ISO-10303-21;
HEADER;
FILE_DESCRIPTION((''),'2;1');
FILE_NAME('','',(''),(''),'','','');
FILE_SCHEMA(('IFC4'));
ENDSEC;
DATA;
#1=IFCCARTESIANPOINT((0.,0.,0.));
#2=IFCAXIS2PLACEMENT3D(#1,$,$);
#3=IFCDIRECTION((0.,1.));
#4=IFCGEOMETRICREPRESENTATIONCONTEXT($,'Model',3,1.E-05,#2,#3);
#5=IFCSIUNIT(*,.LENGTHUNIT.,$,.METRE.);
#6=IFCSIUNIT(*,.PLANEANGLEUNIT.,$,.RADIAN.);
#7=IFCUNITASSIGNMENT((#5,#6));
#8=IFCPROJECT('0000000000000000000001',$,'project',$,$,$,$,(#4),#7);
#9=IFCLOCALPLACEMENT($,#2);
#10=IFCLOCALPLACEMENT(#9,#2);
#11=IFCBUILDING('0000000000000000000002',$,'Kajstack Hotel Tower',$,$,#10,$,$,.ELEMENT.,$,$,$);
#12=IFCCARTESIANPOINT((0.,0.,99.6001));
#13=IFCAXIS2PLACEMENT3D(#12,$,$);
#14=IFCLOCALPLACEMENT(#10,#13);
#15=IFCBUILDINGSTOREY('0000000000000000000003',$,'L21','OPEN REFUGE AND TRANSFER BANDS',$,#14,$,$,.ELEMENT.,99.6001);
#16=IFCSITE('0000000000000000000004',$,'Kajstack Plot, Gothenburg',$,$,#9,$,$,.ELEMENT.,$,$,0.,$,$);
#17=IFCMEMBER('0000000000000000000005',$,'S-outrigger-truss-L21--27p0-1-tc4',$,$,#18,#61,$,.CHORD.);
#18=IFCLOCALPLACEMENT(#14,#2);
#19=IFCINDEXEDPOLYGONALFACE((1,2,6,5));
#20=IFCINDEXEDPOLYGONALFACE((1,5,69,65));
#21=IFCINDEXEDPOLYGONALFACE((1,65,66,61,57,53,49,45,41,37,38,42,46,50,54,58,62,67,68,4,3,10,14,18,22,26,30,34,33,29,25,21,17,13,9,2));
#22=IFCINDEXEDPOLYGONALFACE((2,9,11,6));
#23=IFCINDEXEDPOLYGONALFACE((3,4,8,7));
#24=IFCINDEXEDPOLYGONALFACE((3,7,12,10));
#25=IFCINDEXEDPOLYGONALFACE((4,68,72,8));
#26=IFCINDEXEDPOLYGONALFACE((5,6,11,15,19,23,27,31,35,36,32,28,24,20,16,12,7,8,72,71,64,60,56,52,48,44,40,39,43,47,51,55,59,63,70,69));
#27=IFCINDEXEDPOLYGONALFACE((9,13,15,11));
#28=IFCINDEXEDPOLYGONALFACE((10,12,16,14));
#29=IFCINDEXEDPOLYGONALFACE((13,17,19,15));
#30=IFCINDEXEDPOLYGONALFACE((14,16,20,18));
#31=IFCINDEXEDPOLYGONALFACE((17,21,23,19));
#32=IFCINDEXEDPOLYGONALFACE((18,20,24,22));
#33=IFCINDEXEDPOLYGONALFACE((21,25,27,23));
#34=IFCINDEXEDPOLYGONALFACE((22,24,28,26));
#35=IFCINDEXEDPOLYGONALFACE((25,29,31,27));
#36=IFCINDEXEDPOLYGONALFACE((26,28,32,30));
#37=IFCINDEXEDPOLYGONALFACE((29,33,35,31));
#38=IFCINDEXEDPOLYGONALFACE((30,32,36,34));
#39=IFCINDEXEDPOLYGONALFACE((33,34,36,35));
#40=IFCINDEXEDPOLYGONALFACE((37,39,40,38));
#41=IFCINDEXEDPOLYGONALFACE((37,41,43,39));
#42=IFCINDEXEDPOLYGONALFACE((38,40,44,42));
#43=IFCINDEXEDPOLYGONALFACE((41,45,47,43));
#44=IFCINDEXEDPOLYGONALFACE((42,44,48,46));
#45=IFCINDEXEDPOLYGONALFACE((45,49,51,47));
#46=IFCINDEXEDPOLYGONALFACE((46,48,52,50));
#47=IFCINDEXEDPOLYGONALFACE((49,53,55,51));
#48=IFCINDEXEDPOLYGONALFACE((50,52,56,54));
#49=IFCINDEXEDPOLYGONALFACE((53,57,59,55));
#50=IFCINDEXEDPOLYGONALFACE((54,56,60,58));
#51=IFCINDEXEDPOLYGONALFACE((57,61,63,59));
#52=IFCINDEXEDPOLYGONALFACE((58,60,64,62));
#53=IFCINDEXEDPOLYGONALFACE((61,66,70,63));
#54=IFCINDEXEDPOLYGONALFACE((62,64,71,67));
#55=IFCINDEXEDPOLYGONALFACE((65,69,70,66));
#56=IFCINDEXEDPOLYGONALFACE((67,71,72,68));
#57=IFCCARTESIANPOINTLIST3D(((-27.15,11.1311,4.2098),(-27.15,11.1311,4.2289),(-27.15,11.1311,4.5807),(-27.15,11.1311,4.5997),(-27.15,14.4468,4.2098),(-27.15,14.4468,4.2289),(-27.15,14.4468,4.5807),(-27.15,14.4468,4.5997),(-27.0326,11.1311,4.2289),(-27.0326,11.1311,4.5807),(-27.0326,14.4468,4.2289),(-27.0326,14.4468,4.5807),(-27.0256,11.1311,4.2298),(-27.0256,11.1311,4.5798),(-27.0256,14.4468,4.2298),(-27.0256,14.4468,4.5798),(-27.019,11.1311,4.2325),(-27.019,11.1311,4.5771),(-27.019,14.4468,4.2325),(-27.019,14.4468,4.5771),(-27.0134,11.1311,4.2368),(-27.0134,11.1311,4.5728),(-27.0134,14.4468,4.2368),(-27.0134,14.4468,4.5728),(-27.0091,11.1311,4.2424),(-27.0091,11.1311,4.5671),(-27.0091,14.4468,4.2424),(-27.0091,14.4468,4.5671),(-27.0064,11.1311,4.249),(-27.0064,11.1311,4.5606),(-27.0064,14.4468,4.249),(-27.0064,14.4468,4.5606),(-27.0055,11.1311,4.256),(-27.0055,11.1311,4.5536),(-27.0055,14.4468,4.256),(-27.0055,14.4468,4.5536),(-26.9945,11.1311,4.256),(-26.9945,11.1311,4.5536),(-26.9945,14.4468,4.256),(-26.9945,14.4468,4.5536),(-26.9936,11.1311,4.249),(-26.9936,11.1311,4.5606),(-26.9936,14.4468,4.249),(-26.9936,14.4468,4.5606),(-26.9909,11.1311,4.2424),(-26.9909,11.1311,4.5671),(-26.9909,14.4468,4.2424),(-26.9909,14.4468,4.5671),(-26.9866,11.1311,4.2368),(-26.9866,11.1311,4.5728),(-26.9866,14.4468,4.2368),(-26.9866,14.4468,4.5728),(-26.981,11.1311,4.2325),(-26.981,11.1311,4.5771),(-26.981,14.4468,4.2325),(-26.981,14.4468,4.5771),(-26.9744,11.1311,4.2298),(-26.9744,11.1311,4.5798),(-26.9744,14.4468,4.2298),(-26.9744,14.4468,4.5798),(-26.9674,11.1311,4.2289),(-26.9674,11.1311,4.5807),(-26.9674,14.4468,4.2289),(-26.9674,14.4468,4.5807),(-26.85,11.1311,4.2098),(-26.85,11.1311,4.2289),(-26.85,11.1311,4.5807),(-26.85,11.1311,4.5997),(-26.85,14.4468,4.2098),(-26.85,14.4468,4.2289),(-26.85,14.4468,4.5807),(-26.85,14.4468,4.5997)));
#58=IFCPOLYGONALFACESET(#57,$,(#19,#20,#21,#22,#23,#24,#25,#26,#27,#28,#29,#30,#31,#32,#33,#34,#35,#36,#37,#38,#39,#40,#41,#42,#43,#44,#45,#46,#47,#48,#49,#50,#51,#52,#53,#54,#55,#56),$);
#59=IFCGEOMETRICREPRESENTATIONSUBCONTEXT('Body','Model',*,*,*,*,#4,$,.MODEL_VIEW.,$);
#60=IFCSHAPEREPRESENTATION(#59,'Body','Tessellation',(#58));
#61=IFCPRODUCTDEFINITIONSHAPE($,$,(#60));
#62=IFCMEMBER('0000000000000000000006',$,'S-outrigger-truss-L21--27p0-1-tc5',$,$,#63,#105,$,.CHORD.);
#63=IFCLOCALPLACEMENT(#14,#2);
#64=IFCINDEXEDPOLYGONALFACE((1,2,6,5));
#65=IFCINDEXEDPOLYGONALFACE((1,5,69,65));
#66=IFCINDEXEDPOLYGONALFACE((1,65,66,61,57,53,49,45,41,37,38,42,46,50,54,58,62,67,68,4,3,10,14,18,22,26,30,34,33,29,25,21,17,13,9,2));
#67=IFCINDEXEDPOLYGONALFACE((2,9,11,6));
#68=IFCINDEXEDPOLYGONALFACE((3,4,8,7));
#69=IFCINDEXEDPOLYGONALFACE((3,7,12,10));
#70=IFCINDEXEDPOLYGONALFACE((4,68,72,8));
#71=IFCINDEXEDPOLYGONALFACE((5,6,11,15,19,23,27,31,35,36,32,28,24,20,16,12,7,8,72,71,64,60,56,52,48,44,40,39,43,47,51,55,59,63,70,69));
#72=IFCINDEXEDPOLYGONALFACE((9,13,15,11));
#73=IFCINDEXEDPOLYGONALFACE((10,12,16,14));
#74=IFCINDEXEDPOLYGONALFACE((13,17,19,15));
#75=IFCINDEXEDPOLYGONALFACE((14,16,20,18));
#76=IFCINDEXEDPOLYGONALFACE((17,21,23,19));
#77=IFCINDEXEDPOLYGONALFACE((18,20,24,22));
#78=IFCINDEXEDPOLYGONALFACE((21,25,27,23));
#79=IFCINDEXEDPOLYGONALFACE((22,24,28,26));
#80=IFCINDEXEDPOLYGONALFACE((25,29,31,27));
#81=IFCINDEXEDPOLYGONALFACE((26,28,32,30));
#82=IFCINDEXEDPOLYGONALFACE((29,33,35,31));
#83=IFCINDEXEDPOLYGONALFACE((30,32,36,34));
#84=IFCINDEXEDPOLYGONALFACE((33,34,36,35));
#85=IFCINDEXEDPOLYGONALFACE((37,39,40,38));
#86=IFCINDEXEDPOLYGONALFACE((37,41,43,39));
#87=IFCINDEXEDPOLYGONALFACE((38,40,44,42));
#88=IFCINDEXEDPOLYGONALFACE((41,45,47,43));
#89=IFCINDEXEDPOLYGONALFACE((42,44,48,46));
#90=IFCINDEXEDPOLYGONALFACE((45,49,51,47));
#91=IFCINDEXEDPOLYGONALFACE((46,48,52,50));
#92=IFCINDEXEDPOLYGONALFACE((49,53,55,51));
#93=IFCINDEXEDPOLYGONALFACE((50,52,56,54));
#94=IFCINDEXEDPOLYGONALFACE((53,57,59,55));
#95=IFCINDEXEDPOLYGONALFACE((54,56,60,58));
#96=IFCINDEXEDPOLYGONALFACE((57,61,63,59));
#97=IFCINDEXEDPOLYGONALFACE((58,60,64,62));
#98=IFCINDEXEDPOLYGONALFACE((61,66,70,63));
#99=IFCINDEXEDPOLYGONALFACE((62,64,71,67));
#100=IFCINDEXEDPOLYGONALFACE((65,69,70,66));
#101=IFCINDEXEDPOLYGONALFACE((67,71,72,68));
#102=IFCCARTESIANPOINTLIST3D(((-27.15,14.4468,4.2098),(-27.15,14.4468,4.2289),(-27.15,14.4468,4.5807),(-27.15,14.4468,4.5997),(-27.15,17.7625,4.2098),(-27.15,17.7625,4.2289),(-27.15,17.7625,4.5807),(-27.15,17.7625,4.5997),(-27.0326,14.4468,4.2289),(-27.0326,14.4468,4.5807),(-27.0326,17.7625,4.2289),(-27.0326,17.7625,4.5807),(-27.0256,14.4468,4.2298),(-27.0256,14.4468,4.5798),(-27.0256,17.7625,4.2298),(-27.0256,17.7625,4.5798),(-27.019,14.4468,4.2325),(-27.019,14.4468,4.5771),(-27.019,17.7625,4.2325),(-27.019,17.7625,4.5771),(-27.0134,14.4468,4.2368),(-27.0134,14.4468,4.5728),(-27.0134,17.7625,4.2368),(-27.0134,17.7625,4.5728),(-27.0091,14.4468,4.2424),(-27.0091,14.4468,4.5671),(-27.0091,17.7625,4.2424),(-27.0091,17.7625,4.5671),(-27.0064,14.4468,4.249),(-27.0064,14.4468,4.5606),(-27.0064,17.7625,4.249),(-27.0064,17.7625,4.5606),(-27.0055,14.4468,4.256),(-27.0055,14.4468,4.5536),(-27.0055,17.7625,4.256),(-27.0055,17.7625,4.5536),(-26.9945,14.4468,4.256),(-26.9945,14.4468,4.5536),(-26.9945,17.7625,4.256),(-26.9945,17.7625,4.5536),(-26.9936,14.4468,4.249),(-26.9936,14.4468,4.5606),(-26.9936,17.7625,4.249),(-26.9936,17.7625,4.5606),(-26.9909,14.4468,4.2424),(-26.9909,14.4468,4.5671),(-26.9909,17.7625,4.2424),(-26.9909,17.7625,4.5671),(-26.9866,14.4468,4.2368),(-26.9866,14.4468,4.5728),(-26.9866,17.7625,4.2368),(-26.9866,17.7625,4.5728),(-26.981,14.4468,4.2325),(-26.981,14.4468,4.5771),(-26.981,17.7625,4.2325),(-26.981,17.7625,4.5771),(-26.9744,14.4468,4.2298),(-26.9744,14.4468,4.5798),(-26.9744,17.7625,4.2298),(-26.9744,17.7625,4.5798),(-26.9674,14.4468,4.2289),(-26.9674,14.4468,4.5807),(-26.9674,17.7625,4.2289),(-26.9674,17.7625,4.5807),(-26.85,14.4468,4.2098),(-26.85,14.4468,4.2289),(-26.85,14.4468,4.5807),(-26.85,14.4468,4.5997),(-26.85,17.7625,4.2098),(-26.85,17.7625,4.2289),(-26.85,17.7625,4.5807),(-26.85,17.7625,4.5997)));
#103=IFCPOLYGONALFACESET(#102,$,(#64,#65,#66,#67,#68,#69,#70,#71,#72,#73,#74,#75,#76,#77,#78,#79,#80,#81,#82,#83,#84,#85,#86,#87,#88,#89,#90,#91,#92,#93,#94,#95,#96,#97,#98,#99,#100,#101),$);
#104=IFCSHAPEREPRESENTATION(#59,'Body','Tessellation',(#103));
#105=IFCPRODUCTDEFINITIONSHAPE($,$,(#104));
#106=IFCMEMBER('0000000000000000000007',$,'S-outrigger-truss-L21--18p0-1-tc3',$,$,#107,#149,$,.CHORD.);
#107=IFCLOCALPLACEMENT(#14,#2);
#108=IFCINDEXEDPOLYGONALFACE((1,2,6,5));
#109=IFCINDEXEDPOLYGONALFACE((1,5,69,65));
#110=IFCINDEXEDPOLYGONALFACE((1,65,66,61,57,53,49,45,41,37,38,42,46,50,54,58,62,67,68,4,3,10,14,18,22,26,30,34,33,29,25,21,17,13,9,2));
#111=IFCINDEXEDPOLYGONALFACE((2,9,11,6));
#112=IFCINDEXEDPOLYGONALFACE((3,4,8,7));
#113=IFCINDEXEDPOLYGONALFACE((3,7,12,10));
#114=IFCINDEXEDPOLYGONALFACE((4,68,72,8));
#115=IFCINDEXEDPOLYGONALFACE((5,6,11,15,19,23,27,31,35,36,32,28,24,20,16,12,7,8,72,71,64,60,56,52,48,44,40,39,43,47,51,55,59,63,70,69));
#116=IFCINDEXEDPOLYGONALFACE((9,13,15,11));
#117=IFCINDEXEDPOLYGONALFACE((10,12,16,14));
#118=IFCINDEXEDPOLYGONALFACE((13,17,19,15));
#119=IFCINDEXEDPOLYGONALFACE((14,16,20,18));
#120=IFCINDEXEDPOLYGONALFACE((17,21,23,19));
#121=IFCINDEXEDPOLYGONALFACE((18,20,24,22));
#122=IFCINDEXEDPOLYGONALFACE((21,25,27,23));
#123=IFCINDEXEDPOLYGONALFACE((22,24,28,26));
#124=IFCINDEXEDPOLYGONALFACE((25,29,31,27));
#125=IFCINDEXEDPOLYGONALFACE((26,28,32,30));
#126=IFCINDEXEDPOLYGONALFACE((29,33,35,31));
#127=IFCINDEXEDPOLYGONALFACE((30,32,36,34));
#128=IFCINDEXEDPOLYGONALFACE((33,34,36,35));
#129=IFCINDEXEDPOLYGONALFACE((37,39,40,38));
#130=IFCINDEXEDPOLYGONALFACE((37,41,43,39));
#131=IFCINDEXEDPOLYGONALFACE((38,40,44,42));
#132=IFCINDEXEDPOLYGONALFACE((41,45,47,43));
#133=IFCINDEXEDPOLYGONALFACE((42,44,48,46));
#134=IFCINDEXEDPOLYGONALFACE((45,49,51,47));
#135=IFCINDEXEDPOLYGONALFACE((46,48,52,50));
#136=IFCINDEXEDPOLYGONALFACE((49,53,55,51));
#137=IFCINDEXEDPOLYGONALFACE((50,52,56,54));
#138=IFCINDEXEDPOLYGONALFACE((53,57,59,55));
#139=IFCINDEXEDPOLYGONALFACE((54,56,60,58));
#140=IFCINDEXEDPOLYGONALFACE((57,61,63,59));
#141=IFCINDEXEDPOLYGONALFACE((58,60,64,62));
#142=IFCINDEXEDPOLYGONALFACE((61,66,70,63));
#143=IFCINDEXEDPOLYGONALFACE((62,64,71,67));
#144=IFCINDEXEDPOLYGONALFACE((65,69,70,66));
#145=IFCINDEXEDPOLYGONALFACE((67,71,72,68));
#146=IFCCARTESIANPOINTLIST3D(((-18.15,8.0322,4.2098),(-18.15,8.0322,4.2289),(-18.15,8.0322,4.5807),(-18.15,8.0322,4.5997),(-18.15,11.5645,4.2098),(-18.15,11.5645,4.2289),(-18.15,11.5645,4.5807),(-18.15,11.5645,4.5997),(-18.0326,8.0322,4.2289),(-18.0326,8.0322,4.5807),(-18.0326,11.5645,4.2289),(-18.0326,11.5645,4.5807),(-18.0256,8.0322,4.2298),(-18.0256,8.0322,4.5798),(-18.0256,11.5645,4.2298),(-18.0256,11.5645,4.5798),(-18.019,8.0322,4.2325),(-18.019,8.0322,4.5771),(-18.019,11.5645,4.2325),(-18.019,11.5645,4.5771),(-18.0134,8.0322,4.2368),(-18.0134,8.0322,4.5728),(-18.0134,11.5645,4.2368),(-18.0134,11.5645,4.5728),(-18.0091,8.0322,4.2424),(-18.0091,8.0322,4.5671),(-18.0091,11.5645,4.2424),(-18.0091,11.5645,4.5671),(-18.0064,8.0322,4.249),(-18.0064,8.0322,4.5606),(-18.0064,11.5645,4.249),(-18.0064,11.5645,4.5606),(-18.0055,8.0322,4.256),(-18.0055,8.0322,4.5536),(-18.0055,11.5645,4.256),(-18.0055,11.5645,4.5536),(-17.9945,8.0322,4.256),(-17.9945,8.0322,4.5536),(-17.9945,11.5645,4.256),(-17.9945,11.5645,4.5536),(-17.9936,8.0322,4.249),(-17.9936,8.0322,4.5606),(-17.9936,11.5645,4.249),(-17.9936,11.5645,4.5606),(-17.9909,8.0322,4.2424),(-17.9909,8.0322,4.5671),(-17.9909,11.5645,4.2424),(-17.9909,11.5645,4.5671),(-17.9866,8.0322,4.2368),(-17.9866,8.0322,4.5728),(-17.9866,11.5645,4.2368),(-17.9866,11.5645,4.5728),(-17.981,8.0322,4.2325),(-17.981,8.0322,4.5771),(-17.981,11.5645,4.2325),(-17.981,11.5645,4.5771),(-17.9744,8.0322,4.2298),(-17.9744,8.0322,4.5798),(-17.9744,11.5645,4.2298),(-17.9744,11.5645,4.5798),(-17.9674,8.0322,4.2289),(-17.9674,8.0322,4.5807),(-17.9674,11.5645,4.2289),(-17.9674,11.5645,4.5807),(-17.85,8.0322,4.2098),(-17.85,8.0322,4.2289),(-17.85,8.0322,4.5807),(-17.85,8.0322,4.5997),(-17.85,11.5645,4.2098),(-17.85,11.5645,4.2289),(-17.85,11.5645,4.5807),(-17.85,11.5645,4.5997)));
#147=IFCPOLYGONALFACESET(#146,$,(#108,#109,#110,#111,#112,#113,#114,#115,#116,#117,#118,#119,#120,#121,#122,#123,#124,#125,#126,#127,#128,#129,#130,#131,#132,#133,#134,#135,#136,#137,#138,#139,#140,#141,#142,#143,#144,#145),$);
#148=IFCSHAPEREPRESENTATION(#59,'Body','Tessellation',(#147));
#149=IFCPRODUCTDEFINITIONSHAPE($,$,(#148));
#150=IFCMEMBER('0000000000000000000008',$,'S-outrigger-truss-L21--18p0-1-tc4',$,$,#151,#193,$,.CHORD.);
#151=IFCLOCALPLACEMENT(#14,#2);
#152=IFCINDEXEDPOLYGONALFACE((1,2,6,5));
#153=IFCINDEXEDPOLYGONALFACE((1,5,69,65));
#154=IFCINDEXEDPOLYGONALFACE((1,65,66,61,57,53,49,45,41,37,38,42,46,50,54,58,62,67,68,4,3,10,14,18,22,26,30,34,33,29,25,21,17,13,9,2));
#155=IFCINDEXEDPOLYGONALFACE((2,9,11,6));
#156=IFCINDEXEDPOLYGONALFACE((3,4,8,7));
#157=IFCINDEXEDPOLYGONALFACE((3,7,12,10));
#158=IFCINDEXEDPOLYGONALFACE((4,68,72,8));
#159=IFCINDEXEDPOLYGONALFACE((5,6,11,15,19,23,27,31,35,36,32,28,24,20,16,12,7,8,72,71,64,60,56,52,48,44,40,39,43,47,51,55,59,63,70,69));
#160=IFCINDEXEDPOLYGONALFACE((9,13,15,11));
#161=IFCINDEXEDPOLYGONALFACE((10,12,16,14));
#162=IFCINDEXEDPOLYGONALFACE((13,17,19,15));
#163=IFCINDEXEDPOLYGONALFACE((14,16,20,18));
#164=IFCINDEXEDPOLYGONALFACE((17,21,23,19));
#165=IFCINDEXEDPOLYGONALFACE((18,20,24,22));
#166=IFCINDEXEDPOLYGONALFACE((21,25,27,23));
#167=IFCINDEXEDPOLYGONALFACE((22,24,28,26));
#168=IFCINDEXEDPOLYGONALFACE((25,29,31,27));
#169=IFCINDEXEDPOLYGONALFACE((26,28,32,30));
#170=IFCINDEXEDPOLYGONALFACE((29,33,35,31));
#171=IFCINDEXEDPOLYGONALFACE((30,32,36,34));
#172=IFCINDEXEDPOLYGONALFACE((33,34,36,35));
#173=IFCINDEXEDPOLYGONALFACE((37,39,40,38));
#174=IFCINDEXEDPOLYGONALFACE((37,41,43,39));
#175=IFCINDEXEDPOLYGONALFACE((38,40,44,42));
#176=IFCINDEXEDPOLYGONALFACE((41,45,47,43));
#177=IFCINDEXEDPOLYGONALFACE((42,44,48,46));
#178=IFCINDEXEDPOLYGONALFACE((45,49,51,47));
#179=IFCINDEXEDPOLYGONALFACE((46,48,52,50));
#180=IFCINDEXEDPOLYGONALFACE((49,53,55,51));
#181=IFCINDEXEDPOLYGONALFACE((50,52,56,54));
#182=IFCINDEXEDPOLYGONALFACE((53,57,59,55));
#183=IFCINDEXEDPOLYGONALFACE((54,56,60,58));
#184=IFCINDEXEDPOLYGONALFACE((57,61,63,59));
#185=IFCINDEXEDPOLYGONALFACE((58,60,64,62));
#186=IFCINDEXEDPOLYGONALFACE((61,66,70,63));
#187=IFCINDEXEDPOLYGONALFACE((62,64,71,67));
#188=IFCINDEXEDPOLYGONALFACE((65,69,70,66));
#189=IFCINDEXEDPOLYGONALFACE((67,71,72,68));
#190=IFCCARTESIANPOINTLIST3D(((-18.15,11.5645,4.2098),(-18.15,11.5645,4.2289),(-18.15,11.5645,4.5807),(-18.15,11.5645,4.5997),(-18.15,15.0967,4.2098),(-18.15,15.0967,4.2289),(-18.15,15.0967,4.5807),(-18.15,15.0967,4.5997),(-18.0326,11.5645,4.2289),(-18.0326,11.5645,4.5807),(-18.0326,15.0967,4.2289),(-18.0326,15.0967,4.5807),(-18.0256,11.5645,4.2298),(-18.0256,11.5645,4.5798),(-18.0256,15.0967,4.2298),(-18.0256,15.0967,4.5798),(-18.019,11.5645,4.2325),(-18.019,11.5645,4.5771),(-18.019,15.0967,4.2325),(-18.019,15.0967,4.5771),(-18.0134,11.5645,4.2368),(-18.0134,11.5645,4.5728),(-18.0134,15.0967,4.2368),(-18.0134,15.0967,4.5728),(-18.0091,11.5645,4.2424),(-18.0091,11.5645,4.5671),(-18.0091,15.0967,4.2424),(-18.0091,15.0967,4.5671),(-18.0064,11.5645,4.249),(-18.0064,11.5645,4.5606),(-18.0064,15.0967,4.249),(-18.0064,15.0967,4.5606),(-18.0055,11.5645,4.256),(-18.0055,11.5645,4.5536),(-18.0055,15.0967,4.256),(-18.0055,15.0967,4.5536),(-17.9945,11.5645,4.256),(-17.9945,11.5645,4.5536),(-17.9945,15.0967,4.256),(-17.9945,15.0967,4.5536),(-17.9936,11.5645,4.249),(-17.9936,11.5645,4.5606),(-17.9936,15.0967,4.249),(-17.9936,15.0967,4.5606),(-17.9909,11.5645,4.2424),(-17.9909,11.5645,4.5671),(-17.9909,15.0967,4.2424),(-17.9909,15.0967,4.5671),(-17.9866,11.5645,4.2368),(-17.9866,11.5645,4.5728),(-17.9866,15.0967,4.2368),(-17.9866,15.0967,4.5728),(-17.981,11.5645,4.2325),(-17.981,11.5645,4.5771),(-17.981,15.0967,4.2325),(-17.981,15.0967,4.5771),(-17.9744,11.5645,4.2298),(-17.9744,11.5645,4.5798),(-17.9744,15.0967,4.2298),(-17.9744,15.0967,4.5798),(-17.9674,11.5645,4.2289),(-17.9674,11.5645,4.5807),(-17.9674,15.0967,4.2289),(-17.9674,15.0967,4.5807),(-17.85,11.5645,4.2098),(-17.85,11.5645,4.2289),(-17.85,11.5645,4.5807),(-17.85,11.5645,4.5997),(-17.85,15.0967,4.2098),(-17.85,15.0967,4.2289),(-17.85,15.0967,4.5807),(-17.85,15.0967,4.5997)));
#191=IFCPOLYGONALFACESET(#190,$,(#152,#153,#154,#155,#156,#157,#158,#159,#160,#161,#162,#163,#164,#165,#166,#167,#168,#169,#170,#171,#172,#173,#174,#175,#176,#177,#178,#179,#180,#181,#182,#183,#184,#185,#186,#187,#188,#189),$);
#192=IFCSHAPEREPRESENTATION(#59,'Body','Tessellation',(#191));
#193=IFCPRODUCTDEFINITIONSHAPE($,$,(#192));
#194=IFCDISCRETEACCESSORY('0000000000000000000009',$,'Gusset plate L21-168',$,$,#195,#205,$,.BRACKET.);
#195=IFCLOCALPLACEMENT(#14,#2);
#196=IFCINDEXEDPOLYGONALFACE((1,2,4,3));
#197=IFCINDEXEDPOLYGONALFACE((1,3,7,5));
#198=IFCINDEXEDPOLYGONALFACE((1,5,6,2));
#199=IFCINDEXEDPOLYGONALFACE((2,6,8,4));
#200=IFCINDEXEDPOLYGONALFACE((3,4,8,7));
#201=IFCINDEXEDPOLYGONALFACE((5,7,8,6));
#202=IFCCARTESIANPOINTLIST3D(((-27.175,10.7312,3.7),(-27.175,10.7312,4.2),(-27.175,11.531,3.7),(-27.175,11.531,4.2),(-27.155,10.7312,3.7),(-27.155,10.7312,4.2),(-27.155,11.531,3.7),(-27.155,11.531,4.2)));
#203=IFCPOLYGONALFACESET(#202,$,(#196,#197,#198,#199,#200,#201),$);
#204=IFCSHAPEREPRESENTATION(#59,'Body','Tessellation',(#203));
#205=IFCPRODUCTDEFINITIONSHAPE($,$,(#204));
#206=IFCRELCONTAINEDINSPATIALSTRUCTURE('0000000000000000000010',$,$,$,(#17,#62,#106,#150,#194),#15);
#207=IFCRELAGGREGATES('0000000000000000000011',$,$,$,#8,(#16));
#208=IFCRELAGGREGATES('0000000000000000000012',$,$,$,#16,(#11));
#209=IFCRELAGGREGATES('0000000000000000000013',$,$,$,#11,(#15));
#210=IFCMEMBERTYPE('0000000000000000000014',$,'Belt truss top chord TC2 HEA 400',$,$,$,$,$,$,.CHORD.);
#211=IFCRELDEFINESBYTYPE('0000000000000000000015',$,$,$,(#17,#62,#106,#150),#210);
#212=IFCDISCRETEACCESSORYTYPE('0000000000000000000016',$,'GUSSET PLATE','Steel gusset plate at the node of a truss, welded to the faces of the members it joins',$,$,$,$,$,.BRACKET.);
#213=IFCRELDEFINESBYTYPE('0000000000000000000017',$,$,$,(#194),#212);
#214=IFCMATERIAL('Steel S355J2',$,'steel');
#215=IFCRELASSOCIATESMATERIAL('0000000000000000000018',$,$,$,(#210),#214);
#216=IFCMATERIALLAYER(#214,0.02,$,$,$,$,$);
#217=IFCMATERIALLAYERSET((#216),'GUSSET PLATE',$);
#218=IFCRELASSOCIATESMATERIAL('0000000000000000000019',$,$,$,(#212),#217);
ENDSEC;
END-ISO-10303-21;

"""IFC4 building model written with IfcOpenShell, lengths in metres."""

from ifc_helpers import new_model, si_unit, direction, frame, origin, origin_2d, place, context, subcontext, project, spatial, polyline, i_section, outline, extrude, material, layer, layer_set, material_profile, profile_set, type_object, element, save


model = new_model("IFC4")

# Units and contexts
model_context = context("Model", 3, precision=1e-05, world=origin(), true_north=direction((0.0, 1.0)))
body_context = subcontext(model_context, "Body", "Model", "MODEL_VIEW")
ifc_project = project(units=[si_unit("LENGTHUNIT", "METRE"), si_unit("PLANEANGLEUNIT", "RADIAN")], contexts=[model_context])

# Site, building, storey
site_placement = place(None, origin())
site = spatial("IfcSite", under=ifc_project, at=site_placement, Name="Kajstack Plot, Gothenburg", CompositionType="ELEMENT", RefElevation=0.0)
building_placement = place(site_placement, origin())
building = spatial("IfcBuilding", under=site, at=building_placement, Name="Kajstack Hotel Tower", CompositionType="ELEMENT")
storey_placement = place(building_placement, frame((0.0, 0.0, 99.6001)))
storey = spatial("IfcBuildingStorey", under=building, at=storey_placement, Name="L21", Description="OPEN REFUGE AND TRANSFER BANDS", CompositionType="ELEMENT", Elevation=99.6001)

# Members
ifc_material = material(Name="Steel S355J2", Category="steel")
ifc_material_profile_1 = material_profile(ifc_material, i_section(OverallWidth=0.3, OverallDepth=0.3899, WebThickness=0.011, FlangeThickness=0.019, FilletRadius=0.0271, at=origin_2d()), Name="HEA 400")
ifc_profile_set_1 = profile_set([ifc_material_profile_1], Name="Steel S355J2")
member_type_1 = type_object("IfcMemberType", Name="Belt truss top chord TC2 HEA 400", PredefinedType="CHORD", material=ifc_profile_set_1)
for number, where, z_axis, x_axis, name in (
    (1, (-27.0, 11.1311, 4.4048), (0.0, 1.0, 0.0), (-1.0, 0.0, 0.0), "S-outrigger-truss-L21--27p0-1-tc4"),
    (2, (-27.0, 14.4468, 4.4048), (0.0, 1.0, 0.0), (-1.0, 0.0, 0.0), "S-outrigger-truss-L21--27p0-1-tc5"),
):
    element("IfcMember", number, at=place(storey_placement, frame(where, z_axis=z_axis, x_axis=x_axis)), inside=storey, type_object=member_type_1, Name=name, PredefinedType="CHORD", context=body_context, shape_type="SweptSolid", body=[
        extrude(i_section(OverallWidth=0.3, OverallDepth=0.3899, WebThickness=0.011, FlangeThickness=0.019, FilletRadius=0.0271, at=origin_2d()), origin(), (0.0, 0.0, 1.0), 3.3157),
    ])
for number, where, z_axis, x_axis, name in (
    (3, (-18.0, 8.0322, 4.4048), (0.0, 1.0, 0.0), (-1.0, 0.0, 0.0), "S-outrigger-truss-L21--18p0-1-tc3"),
    (4, (-18.0, 11.5645, 4.4048), (0.0, 1.0, 0.0), (-1.0, 0.0, 0.0), "S-outrigger-truss-L21--18p0-1-tc4"),
):
    element("IfcMember", number, at=place(storey_placement, frame(where, z_axis=z_axis, x_axis=x_axis)), inside=storey, type_object=member_type_1, Name=name, PredefinedType="CHORD", context=body_context, shape_type="SweptSolid", body=[
        extrude(i_section(OverallWidth=0.3, OverallDepth=0.3899, WebThickness=0.011, FlangeThickness=0.019, FilletRadius=0.0271, at=origin_2d()), origin(), (0.0, 0.0, 1.0), 3.5322),
    ])

# Discrete accessory
ifc_layer = layer(ifc_material, 0.02)
ifc_layer_set = layer_set([ifc_layer], Name="GUSSET PLATE")
discrete_accessory_type = type_object("IfcDiscreteAccessoryType", Name="GUSSET PLATE", Description="Steel gusset plate at the node of a truss, welded to the faces of the members it joins", PredefinedType="BRACKET", material=ifc_layer_set)
for number, where, z_axis, x_axis, name in (
    (5, (-27.175, 11.1311, 3.7), (1.0, 0.0, 0.0), (0.0, 1.0, 0.0), "Gusset plate L21-168"),
):
    element("IfcDiscreteAccessory", number, at=place(storey_placement, frame(where, z_axis=z_axis, x_axis=x_axis)), inside=storey, type_object=discrete_accessory_type, Name=name, PredefinedType="BRACKET", context=body_context, shape_type="SweptSolid", body=[
        extrude(outline(polyline([(-0.3999, 0.0), (0.3999, 0.0), (0.3999, 0.5), (-0.3999, 0.5), (-0.3999, 0.0)])), origin(), (0.0, 0.0, 1.0), 0.02),
    ])

save(model, "model.ifc")
